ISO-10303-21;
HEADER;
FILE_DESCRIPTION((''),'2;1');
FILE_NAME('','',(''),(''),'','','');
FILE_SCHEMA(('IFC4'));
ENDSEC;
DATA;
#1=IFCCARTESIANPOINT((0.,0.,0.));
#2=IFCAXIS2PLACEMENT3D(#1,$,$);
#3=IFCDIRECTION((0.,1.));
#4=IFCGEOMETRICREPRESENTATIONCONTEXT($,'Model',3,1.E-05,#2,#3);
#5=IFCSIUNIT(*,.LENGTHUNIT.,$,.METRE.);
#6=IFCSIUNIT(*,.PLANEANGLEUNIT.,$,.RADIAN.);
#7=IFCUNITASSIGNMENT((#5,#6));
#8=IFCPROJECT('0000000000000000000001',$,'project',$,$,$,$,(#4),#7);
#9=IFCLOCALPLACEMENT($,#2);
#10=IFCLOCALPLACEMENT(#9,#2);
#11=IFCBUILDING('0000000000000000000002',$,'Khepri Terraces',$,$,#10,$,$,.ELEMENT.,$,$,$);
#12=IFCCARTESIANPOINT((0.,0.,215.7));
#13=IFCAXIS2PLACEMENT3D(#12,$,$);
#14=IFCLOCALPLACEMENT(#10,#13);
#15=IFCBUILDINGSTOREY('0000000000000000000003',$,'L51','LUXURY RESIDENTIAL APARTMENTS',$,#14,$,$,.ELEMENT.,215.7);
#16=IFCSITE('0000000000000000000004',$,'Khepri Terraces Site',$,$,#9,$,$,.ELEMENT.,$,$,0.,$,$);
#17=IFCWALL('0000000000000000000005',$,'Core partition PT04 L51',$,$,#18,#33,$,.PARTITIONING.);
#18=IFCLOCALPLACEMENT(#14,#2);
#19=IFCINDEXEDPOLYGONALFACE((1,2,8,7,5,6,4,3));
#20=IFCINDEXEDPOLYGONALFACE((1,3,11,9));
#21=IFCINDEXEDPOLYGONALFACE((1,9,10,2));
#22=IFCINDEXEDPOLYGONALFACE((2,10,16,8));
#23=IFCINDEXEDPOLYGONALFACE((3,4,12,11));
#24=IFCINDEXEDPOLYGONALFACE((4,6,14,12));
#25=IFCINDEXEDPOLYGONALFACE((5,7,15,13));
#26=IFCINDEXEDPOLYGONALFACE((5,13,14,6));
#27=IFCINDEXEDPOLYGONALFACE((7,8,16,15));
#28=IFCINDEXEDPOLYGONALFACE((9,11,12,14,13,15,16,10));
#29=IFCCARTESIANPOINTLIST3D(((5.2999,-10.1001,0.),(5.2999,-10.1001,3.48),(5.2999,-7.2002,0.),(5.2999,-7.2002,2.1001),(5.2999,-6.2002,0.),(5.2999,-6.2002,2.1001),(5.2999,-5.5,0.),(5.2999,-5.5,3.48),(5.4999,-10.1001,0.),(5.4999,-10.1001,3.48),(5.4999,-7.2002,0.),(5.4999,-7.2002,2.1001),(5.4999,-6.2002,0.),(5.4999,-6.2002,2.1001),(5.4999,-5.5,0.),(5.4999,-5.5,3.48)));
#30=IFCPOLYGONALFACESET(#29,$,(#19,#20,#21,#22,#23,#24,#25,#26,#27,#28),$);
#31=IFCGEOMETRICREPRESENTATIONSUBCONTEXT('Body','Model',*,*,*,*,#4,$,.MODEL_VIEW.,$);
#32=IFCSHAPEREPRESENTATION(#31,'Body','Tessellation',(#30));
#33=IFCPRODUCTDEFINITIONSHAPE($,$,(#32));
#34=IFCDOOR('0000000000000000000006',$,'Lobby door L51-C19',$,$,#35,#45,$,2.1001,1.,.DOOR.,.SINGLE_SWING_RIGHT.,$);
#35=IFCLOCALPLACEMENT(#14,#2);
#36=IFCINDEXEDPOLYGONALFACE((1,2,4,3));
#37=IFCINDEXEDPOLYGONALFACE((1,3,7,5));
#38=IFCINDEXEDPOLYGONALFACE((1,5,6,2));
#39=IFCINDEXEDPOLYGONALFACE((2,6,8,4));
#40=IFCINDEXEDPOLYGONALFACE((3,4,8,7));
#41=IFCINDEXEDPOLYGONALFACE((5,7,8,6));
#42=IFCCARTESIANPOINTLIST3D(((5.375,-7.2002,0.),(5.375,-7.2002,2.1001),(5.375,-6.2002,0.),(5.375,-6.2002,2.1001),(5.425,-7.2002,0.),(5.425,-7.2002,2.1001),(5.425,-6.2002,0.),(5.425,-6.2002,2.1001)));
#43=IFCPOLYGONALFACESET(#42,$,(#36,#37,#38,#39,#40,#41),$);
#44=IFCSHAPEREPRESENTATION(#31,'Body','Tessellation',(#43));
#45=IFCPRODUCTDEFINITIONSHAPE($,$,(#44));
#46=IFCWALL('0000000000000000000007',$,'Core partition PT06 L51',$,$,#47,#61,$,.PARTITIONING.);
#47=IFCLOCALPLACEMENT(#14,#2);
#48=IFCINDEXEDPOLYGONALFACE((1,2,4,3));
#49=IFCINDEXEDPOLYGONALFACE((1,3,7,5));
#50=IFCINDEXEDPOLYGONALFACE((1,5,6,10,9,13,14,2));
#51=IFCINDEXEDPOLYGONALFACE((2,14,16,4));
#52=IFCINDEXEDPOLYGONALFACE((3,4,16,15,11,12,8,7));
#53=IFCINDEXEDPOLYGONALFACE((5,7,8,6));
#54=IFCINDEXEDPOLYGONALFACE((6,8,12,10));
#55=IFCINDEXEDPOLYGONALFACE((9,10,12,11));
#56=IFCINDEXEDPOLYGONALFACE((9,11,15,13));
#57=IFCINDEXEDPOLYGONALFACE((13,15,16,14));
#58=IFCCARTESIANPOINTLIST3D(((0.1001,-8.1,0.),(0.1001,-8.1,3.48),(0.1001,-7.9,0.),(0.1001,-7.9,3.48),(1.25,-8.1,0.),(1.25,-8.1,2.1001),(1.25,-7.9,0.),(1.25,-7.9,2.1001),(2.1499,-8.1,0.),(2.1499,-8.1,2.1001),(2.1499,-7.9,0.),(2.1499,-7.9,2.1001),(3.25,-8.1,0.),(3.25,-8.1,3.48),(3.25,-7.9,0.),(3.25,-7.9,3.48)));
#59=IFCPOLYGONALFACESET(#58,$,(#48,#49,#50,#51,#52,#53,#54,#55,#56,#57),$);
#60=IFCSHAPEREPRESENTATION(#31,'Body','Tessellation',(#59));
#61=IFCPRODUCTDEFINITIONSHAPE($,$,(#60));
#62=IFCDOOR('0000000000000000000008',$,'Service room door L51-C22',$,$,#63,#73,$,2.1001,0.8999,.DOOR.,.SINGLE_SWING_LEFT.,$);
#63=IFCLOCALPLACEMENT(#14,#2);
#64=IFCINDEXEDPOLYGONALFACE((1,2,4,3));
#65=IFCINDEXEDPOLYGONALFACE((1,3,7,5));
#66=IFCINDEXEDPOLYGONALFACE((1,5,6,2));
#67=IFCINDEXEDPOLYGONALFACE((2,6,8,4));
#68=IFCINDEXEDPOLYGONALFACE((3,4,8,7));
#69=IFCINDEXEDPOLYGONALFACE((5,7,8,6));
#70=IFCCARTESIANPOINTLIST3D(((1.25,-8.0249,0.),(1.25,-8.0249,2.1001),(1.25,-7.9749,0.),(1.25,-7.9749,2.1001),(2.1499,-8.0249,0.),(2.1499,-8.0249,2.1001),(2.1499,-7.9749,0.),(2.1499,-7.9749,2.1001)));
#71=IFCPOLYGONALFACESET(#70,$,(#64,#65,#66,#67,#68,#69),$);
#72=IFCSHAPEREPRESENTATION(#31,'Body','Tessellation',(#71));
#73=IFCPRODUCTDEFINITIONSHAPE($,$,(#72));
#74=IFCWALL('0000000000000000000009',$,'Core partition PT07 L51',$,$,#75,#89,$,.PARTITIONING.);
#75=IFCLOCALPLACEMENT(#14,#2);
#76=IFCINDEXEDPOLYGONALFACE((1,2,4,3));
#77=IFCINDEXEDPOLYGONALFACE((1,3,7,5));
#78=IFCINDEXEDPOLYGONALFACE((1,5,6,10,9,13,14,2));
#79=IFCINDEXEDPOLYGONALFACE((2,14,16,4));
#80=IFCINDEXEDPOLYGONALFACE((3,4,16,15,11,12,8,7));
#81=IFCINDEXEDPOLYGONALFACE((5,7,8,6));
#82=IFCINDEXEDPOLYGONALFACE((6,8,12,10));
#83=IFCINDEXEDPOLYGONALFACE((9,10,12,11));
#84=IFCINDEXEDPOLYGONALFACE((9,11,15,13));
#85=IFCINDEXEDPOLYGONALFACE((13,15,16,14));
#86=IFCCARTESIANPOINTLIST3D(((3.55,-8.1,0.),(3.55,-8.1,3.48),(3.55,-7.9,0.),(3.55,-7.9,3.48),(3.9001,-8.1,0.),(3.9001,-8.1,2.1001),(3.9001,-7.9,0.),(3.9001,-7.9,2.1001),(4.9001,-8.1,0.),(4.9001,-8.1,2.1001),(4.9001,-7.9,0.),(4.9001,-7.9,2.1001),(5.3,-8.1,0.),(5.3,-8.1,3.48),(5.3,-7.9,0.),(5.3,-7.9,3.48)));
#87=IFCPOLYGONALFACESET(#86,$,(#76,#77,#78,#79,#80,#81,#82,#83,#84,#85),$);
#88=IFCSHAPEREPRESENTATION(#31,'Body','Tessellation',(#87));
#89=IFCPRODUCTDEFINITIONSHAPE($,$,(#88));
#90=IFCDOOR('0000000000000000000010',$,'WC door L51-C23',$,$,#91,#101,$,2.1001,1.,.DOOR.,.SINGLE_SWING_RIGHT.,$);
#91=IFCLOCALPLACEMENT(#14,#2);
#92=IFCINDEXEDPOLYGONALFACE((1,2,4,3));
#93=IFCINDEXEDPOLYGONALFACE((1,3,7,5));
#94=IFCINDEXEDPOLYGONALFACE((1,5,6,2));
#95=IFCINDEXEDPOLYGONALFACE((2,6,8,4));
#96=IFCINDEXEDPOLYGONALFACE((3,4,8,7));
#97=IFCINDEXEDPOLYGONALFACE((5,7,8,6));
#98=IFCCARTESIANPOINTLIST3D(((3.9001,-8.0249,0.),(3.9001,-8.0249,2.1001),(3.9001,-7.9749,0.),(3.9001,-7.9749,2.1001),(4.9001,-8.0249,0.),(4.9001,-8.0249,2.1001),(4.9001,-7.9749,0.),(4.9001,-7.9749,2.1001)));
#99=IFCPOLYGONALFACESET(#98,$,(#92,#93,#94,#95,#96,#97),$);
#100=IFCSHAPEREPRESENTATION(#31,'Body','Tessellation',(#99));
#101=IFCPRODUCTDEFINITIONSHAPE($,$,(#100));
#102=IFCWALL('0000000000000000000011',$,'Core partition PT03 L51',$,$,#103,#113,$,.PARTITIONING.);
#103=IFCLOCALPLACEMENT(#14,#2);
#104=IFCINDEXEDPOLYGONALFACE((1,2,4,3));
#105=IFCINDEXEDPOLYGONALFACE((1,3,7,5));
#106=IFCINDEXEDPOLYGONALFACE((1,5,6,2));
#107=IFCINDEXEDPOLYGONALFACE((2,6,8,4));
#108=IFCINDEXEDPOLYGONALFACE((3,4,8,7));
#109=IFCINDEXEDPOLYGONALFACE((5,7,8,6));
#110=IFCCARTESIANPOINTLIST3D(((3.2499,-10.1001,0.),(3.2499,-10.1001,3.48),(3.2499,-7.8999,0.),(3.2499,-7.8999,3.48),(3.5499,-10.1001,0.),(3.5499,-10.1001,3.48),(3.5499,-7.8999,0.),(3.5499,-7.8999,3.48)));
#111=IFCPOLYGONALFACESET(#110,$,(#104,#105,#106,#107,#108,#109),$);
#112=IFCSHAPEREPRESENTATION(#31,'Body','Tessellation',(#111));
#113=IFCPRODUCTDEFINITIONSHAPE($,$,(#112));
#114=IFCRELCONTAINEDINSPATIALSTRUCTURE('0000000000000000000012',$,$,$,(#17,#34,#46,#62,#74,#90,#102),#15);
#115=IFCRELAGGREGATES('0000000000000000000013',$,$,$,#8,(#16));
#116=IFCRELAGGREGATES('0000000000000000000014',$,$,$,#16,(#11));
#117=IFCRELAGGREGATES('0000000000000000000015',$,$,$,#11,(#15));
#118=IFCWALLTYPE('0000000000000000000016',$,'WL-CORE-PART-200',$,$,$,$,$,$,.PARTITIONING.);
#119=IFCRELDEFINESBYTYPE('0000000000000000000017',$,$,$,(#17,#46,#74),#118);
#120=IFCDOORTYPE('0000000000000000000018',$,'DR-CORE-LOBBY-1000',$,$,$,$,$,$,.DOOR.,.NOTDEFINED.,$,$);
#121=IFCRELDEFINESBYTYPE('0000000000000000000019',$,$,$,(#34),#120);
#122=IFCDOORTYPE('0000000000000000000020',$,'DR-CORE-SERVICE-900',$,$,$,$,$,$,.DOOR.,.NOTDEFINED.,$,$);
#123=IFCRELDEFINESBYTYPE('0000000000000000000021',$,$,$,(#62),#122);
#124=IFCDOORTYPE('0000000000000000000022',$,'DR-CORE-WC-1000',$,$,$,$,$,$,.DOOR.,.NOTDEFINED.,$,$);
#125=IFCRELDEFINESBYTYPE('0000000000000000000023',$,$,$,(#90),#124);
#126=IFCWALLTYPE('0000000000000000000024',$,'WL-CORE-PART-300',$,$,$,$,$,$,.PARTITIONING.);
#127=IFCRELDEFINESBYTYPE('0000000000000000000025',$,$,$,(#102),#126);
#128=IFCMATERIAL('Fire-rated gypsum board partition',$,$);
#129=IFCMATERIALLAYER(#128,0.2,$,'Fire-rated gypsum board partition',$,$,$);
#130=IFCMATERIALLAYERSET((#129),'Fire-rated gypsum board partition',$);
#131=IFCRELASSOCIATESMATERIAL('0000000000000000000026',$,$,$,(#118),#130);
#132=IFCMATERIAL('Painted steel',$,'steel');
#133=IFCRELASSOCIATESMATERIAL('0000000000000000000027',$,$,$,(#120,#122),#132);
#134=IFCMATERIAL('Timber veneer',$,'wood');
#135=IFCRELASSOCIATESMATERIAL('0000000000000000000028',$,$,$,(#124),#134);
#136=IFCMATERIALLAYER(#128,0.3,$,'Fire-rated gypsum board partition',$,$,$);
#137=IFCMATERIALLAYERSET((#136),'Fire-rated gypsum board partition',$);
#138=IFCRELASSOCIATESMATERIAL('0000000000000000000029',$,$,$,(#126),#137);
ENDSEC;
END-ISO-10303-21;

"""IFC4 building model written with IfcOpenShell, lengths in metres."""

from ifc_helpers import new_model, si_unit, direction, frame, frame_2d, origin, place, context, subcontext, project, spatial, rectangle, extrude, material, layer, layer_set, type_object, element, fill, save


model = new_model("IFC4")

# Units and contexts
model_context = context("Model", 3, precision=1e-05, world=origin(), true_north=direction((0.0, 1.0)))
body_context = subcontext(model_context, "Body", "Model", "MODEL_VIEW")
ifc_project = project(units=[si_unit("LENGTHUNIT", "METRE"), si_unit("PLANEANGLEUNIT", "RADIAN")], contexts=[model_context])

# Site, building, storey
site_placement = place(None, origin())
site = spatial("IfcSite", under=ifc_project, at=site_placement, Name="Khepri Terraces Site", CompositionType="ELEMENT", RefElevation=0.0)
building_placement = place(site_placement, origin())
building = spatial("IfcBuilding", under=site, at=building_placement, Name="Khepri Terraces", CompositionType="ELEMENT")
storey_placement = place(building_placement, frame((0.0, 0.0, 215.7)))
storey = spatial("IfcBuildingStorey", under=building, at=storey_placement, Name="L51", Description="LUXURY RESIDENTIAL APARTMENTS", CompositionType="ELEMENT", Elevation=215.7)

# Shared definitions
ifc_material_1 = material(Name="Fire-rated gypsum board partition")
ifc_layer_1 = layer(ifc_material_1, 0.2, Name="Fire-rated gypsum board partition")
ifc_layer_set_1 = layer_set([ifc_layer_1], Name="Fire-rated gypsum board partition")
wall_type_1 = type_object("IfcWallType", Name="WL-CORE-PART-200", PredefinedType="PARTITIONING", material=ifc_layer_set_1)

# Walls, openings, doors
wall_1_placement = place(storey_placement, frame((5.3999, -10.1001, 0.0), z_axis=(0.0, 0.0, 1.0), x_axis=(0.0, 1.0, 0.0)))
wall_1 = element("IfcWall", 1, at=wall_1_placement, inside=storey, type_object=wall_type_1, Name="Core partition PT04 L51", PredefinedType="PARTITIONING", context=body_context, shape_type="SweptSolid", body=[
    extrude(rectangle(XDim=4.6001, YDim=0.2, at=frame_2d((2.3, 0.0))), origin(), (0.0, 0.0, 1.0), 3.48),
])
opening_1_placement = place(wall_1_placement, frame((2.8999, 0.0, 0.0)))
opening_1 = element("IfcOpeningElement", 2, at=opening_1_placement, cuts=wall_1, PredefinedType="OPENING", context=body_context, shape_type="SweptSolid", body=[
    extrude(rectangle(XDim=1.0, YDim=2.1001, at=frame_2d((0.5, 1.05))), frame((0.0, 0.1099, 0.0), z_axis=(0.0, -1.0, 0.0), x_axis=(1.0, 0.0, 0.0)), (0.0, 0.0, 1.0), 0.22),
])
ifc_material_2 = material(Name="Painted steel", Category="steel")
door_type_1 = type_object("IfcDoorType", Name="DR-CORE-LOBBY-1000", OperationType="NOTDEFINED", PredefinedType="DOOR", material=ifc_material_2)
door_1_placement = place(opening_1_placement, origin())
door_1 = element("IfcDoor", 3, at=door_1_placement, inside=storey, type_object=door_type_1, Name="Lobby door L51-C19", OperationType="SINGLE_SWING_RIGHT", OverallHeight=2.1001, OverallWidth=1.0, PredefinedType="DOOR", context=body_context, shape_type="SweptSolid", body=[
    extrude(rectangle(XDim=1.0, YDim=2.1001, at=frame_2d((0.5, 1.05))), frame((0.0, 0.0249, 0.0), z_axis=(0.0, -1.0, 0.0), x_axis=(1.0, 0.0, 0.0)), (0.0, 0.0, 1.0), 0.05),
])
fill(opening_1, door_1)
wall_2_placement = place(storey_placement, frame((0.1001, -8.0, 0.0), z_axis=(0.0, 0.0, 1.0), x_axis=(1.0, 0.0, 0.0)))
wall_2 = element("IfcWall", 4, at=wall_2_placement, inside=storey, type_object=wall_type_1, Name="Core partition PT06 L51", PredefinedType="PARTITIONING", context=body_context, shape_type="SweptSolid", body=[
    extrude(rectangle(XDim=3.1499, YDim=0.2, at=frame_2d((1.575, 0.0))), origin(), (0.0, 0.0, 1.0), 3.48),
])
opening_2_placement = place(wall_2_placement, frame((1.1499, 0.0, 0.0)))
opening_2 = element("IfcOpeningElement", 5, at=opening_2_placement, cuts=wall_2, PredefinedType="OPENING", context=body_context, shape_type="SweptSolid", body=[
    extrude(rectangle(XDim=0.8999, YDim=2.1001, at=frame_2d((0.45, 1.05))), frame((0.0, 0.1099, 0.0), z_axis=(0.0, -1.0, 0.0), x_axis=(1.0, 0.0, 0.0)), (0.0, 0.0, 1.0), 0.22),
])
door_type_2 = type_object("IfcDoorType", Name="DR-CORE-SERVICE-900", OperationType="NOTDEFINED", PredefinedType="DOOR", material=ifc_material_2)
door_2_placement = place(opening_2_placement, frame((0.8999, 0.0, 0.0), z_axis=(0.0, 0.0, 1.0), x_axis=(-1.0, 0.0, 0.0)))
door_2 = element("IfcDoor", 6, at=door_2_placement, inside=storey, type_object=door_type_2, Name="Service room door L51-C22", OperationType="SINGLE_SWING_LEFT", OverallHeight=2.1001, OverallWidth=0.8999, PredefinedType="DOOR", context=body_context, shape_type="SweptSolid", body=[
    extrude(rectangle(XDim=0.8999, YDim=2.1001, at=frame_2d((0.45, 1.05))), frame((0.0, 0.0249, 0.0), z_axis=(0.0, -1.0, 0.0), x_axis=(1.0, 0.0, 0.0)), (0.0, 0.0, 1.0), 0.05),
])
fill(opening_2, door_2)
wall_3_placement = place(storey_placement, frame((3.55, -8.0, 0.0), z_axis=(0.0, 0.0, 1.0), x_axis=(1.0, 0.0, 0.0)))
wall_3 = element("IfcWall", 7, at=wall_3_placement, inside=storey, type_object=wall_type_1, Name="Core partition PT07 L51", PredefinedType="PARTITIONING", context=body_context, shape_type="SweptSolid", body=[
    extrude(rectangle(XDim=1.75, YDim=0.2, at=frame_2d((0.875, 0.0))), origin(), (0.0, 0.0, 1.0), 3.48),
])
opening_3_placement = place(wall_3_placement, frame((0.3501, 0.0, 0.0)))
opening_3 = element("IfcOpeningElement", 8, at=opening_3_placement, cuts=wall_3, PredefinedType="OPENING", context=body_context, shape_type="SweptSolid", body=[
    extrude(rectangle(XDim=1.0, YDim=2.1001, at=frame_2d((0.5, 1.05))), frame((0.0, 0.1099, 0.0), z_axis=(0.0, -1.0, 0.0), x_axis=(1.0, 0.0, 0.0)), (0.0, 0.0, 1.0), 0.22),
])
ifc_material_3 = material(Name="Timber veneer", Category="wood")
door_type_3 = type_object("IfcDoorType", Name="DR-CORE-WC-1000", OperationType="NOTDEFINED", PredefinedType="DOOR", material=ifc_material_3)
door_3_placement = place(opening_3_placement, frame((1.0, 0.0, 0.0), z_axis=(0.0, 0.0, 1.0), x_axis=(-1.0, 0.0, 0.0)))
door_3 = element("IfcDoor", 9, at=door_3_placement, inside=storey, type_object=door_type_3, Name="WC door L51-C23", OperationType="SINGLE_SWING_RIGHT", OverallHeight=2.1001, OverallWidth=1.0, PredefinedType="DOOR", context=body_context, shape_type="SweptSolid", body=[
    extrude(rectangle(XDim=1.0, YDim=2.1001, at=frame_2d((0.5, 1.05))), frame((0.0, 0.0249, 0.0), z_axis=(0.0, -1.0, 0.0), x_axis=(1.0, 0.0, 0.0)), (0.0, 0.0, 1.0), 0.05),
])
fill(opening_3, door_3)

# Wall
ifc_layer_2 = layer(ifc_material_1, 0.3, Name="Fire-rated gypsum board partition")
ifc_layer_set_2 = layer_set([ifc_layer_2], Name="Fire-rated gypsum board partition")
wall_type_2 = type_object("IfcWallType", Name="WL-CORE-PART-300", PredefinedType="PARTITIONING", material=ifc_layer_set_2)
wall_4_placement = place(storey_placement, frame((3.3999, -10.1001, 0.0), z_axis=(0.0, 0.0, 1.0), x_axis=(0.0, 1.0, 0.0)))
element("IfcWall", 10, at=wall_4_placement, inside=storey, type_object=wall_type_2, Name="Core partition PT03 L51", PredefinedType="PARTITIONING", context=body_context, shape_type="SweptSolid", body=[
    extrude(rectangle(XDim=2.2002, YDim=0.3, at=frame_2d((1.1001, 0.0))), origin(), (0.0, 0.0, 1.0), 3.48),
])

save(model, "model.ifc")
